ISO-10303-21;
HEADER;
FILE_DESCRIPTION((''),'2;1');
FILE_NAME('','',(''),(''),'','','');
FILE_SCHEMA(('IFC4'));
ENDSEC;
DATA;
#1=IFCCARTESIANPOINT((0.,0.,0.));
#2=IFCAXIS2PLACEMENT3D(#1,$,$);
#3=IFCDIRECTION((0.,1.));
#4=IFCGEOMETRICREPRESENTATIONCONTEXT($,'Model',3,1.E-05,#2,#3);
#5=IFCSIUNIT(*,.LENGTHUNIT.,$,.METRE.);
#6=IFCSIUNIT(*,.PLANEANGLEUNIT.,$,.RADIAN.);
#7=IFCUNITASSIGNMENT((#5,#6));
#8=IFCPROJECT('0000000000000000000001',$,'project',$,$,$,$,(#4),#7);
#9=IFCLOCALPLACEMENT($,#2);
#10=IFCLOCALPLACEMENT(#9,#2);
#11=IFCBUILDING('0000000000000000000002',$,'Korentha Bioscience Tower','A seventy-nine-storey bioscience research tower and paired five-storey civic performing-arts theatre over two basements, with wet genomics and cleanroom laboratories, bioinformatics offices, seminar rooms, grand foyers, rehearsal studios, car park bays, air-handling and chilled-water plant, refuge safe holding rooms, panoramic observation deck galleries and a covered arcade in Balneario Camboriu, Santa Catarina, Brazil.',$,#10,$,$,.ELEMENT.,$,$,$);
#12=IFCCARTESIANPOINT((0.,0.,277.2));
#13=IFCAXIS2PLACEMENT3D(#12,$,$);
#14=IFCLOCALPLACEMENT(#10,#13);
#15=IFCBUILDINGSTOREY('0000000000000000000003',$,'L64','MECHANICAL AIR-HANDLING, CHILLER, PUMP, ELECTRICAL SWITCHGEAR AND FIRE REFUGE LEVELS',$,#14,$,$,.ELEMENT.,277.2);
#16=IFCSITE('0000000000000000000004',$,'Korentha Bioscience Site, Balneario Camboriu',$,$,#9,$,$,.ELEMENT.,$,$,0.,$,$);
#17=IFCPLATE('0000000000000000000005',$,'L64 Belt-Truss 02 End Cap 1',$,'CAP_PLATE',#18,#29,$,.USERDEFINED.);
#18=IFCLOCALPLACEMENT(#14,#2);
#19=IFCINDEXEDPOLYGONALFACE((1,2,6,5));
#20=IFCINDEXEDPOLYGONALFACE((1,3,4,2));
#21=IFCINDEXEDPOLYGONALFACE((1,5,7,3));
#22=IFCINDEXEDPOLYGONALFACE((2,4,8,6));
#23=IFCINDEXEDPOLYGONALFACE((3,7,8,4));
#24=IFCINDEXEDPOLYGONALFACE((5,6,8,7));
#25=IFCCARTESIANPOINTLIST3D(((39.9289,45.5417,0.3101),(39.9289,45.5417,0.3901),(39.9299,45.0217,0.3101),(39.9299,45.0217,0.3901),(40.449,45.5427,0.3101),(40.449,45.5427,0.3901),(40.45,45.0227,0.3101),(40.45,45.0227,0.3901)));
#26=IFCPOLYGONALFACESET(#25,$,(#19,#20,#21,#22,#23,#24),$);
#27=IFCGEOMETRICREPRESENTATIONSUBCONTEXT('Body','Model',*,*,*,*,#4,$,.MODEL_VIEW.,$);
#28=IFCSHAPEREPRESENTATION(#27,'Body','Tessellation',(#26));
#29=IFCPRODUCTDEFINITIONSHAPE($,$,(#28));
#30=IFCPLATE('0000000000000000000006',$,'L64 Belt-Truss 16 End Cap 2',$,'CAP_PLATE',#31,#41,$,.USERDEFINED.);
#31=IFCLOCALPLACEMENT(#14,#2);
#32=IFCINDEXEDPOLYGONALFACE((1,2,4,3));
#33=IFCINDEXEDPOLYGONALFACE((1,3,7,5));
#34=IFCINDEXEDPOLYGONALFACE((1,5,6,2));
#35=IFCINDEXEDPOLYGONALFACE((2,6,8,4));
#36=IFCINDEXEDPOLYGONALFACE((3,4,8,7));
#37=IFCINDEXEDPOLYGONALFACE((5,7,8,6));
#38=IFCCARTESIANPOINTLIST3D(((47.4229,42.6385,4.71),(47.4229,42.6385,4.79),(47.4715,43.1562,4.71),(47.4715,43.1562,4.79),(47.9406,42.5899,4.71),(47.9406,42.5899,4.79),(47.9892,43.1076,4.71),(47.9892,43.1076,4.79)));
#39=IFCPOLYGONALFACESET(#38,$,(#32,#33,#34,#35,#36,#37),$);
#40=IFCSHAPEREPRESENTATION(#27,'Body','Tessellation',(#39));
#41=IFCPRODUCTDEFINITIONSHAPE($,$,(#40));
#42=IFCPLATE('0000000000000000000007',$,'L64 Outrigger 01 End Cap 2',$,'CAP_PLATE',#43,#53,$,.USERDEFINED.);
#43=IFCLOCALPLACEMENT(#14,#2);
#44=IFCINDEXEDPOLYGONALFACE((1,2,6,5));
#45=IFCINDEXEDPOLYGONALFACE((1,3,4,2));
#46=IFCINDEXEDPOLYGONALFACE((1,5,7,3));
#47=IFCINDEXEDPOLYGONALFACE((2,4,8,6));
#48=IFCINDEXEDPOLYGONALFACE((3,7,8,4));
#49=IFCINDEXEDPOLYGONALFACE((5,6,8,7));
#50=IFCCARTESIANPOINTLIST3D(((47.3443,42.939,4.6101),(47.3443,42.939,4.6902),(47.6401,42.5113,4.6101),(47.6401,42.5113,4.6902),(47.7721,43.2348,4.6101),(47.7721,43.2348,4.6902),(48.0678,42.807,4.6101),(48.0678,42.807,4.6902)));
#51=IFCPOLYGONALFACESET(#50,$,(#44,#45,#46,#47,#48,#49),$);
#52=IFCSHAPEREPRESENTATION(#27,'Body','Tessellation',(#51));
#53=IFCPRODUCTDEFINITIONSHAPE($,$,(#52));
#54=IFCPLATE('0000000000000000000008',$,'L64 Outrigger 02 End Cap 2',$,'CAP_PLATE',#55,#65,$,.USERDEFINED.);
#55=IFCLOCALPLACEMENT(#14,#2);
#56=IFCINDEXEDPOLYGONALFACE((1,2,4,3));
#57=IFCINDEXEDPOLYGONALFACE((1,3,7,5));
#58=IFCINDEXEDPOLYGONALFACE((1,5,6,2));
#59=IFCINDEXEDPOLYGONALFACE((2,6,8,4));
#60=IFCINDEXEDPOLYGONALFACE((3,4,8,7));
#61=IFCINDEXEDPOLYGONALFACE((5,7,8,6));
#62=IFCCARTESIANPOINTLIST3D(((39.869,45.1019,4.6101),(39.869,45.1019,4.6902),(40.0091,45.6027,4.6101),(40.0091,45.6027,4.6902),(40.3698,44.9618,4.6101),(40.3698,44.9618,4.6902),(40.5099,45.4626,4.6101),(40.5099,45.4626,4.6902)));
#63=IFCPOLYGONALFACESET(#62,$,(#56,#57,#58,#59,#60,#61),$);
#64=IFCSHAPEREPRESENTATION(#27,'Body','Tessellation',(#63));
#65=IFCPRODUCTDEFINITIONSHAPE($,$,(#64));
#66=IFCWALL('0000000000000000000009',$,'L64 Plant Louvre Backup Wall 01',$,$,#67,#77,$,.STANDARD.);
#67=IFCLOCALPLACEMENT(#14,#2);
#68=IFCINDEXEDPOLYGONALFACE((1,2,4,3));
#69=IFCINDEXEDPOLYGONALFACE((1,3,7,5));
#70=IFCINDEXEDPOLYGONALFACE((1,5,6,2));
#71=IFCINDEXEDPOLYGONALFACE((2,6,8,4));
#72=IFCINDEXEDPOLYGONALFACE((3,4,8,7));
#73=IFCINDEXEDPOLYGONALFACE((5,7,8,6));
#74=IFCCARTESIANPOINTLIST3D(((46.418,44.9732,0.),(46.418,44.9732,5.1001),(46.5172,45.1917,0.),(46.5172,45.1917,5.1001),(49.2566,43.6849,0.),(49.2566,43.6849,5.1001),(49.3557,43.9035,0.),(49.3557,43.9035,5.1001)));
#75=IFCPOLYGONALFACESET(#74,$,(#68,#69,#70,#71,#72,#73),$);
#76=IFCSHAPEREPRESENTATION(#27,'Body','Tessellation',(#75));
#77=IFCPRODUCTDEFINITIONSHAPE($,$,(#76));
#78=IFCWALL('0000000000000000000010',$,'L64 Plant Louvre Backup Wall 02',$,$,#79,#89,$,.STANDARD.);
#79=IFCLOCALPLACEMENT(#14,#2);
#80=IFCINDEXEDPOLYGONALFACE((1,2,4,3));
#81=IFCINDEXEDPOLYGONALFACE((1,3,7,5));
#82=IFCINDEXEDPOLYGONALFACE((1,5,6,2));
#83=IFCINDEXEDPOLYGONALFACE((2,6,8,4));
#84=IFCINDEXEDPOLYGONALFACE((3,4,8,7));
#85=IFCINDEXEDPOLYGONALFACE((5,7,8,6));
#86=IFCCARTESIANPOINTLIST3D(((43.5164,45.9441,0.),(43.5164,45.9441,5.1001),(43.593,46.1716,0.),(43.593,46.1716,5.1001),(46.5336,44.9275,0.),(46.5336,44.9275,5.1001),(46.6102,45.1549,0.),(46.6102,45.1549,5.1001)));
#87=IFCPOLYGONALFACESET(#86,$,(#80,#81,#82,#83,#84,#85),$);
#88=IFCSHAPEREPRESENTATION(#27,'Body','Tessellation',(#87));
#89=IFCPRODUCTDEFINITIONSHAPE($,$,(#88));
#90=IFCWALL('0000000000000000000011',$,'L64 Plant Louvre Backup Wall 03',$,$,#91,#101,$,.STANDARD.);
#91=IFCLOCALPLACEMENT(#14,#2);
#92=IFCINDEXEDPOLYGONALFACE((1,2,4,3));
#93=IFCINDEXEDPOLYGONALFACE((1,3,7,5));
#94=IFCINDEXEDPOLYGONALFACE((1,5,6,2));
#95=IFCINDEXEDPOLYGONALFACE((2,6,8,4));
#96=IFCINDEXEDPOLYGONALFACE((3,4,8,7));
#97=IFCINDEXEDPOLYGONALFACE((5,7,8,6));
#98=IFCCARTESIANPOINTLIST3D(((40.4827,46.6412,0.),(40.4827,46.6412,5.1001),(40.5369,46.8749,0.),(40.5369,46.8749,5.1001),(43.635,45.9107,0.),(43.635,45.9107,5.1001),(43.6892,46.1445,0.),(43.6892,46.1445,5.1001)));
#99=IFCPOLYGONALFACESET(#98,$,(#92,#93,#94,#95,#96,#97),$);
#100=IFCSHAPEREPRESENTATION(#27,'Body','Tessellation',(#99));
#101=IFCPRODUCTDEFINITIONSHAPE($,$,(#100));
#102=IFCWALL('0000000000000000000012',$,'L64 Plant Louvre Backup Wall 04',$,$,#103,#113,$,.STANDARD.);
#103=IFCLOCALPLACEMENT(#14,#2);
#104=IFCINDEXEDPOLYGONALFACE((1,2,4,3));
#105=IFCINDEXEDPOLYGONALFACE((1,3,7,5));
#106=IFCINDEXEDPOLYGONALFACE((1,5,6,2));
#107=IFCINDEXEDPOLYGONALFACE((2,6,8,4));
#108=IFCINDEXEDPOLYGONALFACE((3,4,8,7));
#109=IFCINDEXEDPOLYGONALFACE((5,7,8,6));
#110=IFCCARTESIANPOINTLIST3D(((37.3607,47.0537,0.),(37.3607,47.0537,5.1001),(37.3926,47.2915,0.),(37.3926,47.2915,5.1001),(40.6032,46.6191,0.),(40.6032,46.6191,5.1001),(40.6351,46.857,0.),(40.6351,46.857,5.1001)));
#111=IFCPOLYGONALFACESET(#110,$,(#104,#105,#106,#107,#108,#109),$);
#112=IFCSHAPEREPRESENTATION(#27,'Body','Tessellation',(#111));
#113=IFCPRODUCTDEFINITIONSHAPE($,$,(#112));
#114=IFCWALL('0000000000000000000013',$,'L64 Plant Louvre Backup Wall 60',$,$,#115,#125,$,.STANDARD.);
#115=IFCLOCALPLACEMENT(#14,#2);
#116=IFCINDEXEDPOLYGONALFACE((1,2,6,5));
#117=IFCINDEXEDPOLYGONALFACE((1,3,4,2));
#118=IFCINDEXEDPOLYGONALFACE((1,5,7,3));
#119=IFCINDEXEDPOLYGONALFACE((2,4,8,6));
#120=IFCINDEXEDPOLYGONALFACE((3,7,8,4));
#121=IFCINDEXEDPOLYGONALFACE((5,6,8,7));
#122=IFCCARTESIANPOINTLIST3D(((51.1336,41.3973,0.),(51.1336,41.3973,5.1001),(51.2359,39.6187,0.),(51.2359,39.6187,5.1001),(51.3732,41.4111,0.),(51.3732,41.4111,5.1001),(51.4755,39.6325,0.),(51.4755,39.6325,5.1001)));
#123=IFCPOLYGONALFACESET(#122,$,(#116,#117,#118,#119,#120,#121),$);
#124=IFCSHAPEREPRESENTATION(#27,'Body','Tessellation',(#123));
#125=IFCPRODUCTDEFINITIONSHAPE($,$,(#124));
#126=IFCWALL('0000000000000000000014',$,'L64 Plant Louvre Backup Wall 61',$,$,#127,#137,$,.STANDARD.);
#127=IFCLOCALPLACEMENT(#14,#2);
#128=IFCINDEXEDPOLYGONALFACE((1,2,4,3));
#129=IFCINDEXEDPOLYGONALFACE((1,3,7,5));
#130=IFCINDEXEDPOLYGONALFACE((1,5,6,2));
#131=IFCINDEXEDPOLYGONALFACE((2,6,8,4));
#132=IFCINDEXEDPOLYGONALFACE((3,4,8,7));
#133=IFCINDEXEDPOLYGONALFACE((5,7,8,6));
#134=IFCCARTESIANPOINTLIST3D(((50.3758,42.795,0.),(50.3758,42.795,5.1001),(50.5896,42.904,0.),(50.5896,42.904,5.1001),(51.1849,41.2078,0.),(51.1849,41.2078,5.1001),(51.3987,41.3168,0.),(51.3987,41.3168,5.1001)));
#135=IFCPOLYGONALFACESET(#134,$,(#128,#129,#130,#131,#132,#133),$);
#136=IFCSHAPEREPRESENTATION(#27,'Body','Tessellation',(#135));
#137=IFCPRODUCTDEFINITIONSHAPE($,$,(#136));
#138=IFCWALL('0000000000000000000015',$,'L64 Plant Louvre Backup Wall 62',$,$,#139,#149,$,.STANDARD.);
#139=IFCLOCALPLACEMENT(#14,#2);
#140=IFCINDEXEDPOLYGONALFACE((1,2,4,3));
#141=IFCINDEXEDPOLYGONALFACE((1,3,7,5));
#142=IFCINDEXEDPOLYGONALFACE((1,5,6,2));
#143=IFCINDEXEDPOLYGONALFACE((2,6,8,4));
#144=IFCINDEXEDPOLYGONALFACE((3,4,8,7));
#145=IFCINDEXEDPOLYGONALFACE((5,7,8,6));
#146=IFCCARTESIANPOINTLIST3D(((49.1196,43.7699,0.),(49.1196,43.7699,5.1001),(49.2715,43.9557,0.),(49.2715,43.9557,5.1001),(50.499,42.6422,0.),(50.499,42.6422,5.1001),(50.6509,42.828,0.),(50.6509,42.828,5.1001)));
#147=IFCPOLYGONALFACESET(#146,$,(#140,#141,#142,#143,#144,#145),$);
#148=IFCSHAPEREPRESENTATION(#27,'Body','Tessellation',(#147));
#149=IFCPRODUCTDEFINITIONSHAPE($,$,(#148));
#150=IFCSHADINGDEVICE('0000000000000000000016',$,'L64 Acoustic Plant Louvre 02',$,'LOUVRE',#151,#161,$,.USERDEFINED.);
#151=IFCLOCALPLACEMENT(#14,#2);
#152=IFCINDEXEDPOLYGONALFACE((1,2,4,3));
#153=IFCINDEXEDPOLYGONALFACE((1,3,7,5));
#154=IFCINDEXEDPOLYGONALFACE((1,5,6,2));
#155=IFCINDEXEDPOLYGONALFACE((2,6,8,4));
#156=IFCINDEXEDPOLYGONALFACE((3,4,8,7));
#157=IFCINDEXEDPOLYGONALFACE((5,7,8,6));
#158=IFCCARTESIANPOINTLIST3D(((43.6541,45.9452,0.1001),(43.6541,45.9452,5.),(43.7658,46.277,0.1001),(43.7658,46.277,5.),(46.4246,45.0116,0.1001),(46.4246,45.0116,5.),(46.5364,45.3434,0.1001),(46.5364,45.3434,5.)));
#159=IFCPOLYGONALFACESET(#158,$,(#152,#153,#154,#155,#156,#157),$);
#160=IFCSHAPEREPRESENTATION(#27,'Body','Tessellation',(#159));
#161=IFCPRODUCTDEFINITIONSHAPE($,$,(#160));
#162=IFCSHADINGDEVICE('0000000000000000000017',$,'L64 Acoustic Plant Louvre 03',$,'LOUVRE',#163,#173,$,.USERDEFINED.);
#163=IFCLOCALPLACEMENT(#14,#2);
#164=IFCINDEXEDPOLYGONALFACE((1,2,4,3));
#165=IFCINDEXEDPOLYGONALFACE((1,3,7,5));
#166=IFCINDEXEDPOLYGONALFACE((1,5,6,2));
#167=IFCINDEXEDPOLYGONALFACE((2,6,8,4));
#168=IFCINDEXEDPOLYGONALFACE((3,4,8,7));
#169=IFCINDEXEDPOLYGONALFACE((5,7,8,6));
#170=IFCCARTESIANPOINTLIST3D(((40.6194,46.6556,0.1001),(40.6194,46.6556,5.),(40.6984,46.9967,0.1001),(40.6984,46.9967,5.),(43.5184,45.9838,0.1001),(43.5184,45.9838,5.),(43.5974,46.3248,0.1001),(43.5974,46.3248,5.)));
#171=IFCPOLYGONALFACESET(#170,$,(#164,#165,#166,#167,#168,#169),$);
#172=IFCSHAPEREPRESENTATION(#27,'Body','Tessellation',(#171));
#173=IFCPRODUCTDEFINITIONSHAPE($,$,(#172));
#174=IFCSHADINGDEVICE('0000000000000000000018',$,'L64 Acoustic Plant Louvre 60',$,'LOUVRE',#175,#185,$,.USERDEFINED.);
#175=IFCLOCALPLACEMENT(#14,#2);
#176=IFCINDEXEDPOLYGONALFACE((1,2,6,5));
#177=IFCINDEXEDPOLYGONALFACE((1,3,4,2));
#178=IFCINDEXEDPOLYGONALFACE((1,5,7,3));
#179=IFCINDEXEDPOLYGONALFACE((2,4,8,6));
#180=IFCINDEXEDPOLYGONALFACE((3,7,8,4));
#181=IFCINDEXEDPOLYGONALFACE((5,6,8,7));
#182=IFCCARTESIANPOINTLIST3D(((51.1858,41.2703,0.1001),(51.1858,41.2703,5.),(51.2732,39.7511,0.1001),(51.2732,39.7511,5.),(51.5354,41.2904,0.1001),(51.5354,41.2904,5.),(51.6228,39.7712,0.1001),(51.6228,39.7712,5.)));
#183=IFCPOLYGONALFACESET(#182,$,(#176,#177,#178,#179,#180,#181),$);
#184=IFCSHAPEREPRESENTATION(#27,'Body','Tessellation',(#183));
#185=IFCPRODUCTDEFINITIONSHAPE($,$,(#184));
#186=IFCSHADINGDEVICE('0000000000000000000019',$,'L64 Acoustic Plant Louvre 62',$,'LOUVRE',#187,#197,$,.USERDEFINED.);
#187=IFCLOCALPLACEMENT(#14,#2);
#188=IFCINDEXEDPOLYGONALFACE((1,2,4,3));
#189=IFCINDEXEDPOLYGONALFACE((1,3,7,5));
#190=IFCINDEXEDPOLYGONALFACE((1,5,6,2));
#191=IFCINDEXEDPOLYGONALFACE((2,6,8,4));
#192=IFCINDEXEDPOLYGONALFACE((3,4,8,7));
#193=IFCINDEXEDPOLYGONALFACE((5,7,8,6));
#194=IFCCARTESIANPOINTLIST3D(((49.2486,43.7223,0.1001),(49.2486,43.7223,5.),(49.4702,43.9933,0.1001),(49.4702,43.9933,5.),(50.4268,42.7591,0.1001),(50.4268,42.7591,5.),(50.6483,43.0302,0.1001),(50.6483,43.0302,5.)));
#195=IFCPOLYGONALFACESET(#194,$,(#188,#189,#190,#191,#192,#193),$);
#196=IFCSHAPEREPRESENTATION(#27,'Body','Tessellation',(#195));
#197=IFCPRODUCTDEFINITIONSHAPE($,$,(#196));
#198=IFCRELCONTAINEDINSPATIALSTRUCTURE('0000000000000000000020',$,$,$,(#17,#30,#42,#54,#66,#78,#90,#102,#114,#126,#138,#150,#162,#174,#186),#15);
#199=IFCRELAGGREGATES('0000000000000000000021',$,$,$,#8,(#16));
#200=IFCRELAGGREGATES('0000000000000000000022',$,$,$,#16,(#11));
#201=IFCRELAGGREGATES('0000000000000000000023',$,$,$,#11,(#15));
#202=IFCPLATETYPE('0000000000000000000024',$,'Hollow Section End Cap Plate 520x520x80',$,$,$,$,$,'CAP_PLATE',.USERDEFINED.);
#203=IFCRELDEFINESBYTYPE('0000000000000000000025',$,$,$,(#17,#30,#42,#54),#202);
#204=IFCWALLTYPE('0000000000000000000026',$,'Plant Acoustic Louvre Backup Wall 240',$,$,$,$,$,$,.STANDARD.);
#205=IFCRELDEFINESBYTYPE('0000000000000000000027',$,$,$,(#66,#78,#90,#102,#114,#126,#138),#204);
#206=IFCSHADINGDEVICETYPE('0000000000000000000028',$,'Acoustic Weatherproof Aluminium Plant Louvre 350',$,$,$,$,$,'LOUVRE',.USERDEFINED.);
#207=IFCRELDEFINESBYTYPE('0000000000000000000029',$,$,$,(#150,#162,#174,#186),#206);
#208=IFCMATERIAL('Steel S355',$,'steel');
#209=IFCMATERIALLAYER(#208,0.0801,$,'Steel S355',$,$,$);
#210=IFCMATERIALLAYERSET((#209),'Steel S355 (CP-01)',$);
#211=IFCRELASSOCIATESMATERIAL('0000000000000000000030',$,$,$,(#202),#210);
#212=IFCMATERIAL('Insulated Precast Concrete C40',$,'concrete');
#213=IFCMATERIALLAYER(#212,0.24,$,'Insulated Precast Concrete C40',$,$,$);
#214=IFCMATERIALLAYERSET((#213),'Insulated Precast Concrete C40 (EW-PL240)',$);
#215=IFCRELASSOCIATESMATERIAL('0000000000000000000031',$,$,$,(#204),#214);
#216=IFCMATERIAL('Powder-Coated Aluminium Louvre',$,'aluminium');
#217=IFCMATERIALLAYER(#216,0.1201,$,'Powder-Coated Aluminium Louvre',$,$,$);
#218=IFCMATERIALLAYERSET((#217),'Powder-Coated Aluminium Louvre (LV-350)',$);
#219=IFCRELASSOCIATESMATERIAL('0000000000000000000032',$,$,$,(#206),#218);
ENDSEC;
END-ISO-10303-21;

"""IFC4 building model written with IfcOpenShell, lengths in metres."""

from ifc_helpers import new_model, si_unit, direction, frame, frame_2d, origin, origin_2d, place, context, subcontext, project, spatial, rectangle, extrude, material, layer, layer_set, type_object, element, save


model = new_model("IFC4")

# Units and contexts
model_context = context("Model", 3, precision=1e-05, world=origin(), true_north=direction((0.0, 1.0)))
body_context = subcontext(model_context, "Body", "Model", "MODEL_VIEW")
ifc_project = project(units=[si_unit("LENGTHUNIT", "METRE"), si_unit("PLANEANGLEUNIT", "RADIAN")], contexts=[model_context])

# Site, building, storey
site_placement = place(None, origin())
site = spatial("IfcSite", under=ifc_project, at=site_placement, Name="Korentha Bioscience Site, Balneario Camboriu", CompositionType="ELEMENT", RefElevation=0.0)
building_placement = place(site_placement, origin())
building = spatial("IfcBuilding", under=site, at=building_placement, Name="Korentha Bioscience Tower", Description="A seventy-nine-storey bioscience research tower and paired five-storey civic performing-arts theatre over two basements, with wet genomics and cleanroom laboratories, bioinformatics offices, seminar rooms, grand foyers, rehearsal studios, car park bays, air-handling and chilled-water plant, refuge safe holding rooms, panoramic observation deck galleries and a covered arcade in Balneario Camboriu, Santa Catarina, Brazil.", CompositionType="ELEMENT")
storey_placement = place(building_placement, frame((0.0, 0.0, 277.2)))
storey = spatial("IfcBuildingStorey", under=building, at=storey_placement, Name="L64", Description="MECHANICAL AIR-HANDLING, CHILLER, PUMP, ELECTRICAL SWITCHGEAR AND FIRE REFUGE LEVELS", CompositionType="ELEMENT", Elevation=277.2)

# Shared definitions
ifc_material_1 = material(Name="Steel S355", Category="steel")

# Plates
ifc_layer_1 = layer(ifc_material_1, 0.0801, Name="Steel S355")
ifc_layer_set_1 = layer_set([ifc_layer_1], Name="Steel S355 (CP-01)")
plate_type_1 = type_object("IfcPlateType", Name="Hollow Section End Cap Plate 520x520x80", ElementType="CAP_PLATE", PredefinedType="USERDEFINED", material=ifc_layer_set_1)
for number, where, z_axis, x_axis, name in (
    (1, (40.1895, 45.2822, 0.3101), (0.0, 0.0, 1.0), (0.999998, 0.00192, 0.0), "L64 Belt-Truss 02 End Cap 1"),
    (2, (47.7061, 42.873, 4.71), (0.0, 0.0, 1.0), (0.093413, 0.995627, 0.0), "L64 Belt-Truss 16 End Cap 2"),
    (3, (47.7061, 42.873, 4.6101), (0.0, 0.0, 1.0), (0.822541, 0.568705, 0.0), "L64 Outrigger 01 End Cap 2"),
    (4, (40.1895, 45.2822, 4.6101), (0.0, 0.0, 1.0), (0.269424, 0.963022, 0.0), "L64 Outrigger 02 End Cap 2"),
):
    element("IfcPlate", number, at=place(storey_placement, frame(where, z_axis=z_axis, x_axis=x_axis)), inside=storey, type_object=plate_type_1, Name=name, ObjectType="CAP_PLATE", PredefinedType="USERDEFINED", context=body_context, shape_type="SweptSolid", body=[
        extrude(rectangle(XDim=0.52, YDim=0.52, at=origin_2d()), origin(), (0.0, 0.0, 1.0), 0.0801),
    ])

# Walls
ifc_material_2 = material(Name="Insulated Precast Concrete C40", Category="concrete")
ifc_layer_2 = layer(ifc_material_2, 0.24, Name="Insulated Precast Concrete C40")
ifc_layer_set_2 = layer_set([ifc_layer_2], Name="Insulated Precast Concrete C40 (EW-PL240)")
wall_type = type_object("IfcWallType", Name="Plant Acoustic Louvre Backup Wall 240", PredefinedType="STANDARD", material=ifc_layer_set_2)
wall_1_placement = place(storey_placement, frame((49.3062, 43.7942, 0.0), z_axis=(0.0, 0.0, 1.0), x_axis=(-0.910602, 0.413284, 0.0)))
element("IfcWall", 5, at=wall_1_placement, inside=storey, type_object=wall_type, Name="L64 Plant Louvre Backup Wall 01", PredefinedType="STANDARD", context=body_context, shape_type="SweptSolid", body=[
    extrude(rectangle(XDim=3.1172, YDim=0.24, at=frame_2d((1.5586, 0.0))), origin(), (0.0, 0.0, 1.0), 5.1001),
])
wall_2_placement = place(storey_placement, frame((46.5718, 45.0413, 0.0), z_axis=(0.0, 0.0, 1.0), x_axis=(-0.947651, 0.319309, 0.0)))
element("IfcWall", 6, at=wall_2_placement, inside=storey, type_object=wall_type, Name="L64 Plant Louvre Backup Wall 02", PredefinedType="STANDARD", context=body_context, shape_type="SweptSolid", body=[
    extrude(rectangle(XDim=3.1838, YDim=0.24, at=frame_2d((1.5918, 0.0))), origin(), (0.0, 0.0, 1.0), 5.1001),
])
wall_3_placement = place(storey_placement, frame((43.6621, 46.0276, 0.0), z_axis=(0.0, 0.0, 1.0), x_axis=(-0.974187, 0.225741, 0.0)))
element("IfcWall", 7, at=wall_3_placement, inside=storey, type_object=wall_type, Name="L64 Plant Louvre Backup Wall 03", PredefinedType="STANDARD", context=body_context, shape_type="SweptSolid", body=[
    extrude(rectangle(XDim=3.2358, YDim=0.24, at=frame_2d((1.6179, 0.0))), origin(), (0.0, 0.0, 1.0), 5.1001),
])
wall_4_placement = place(storey_placement, frame((40.6191, 46.738, 0.0), z_axis=(0.0, 0.0, 1.0), x_axis=(-0.991138, 0.132838, 0.0)))
element("IfcWall", 8, at=wall_4_placement, inside=storey, type_object=wall_type, Name="L64 Plant Louvre Backup Wall 04", PredefinedType="STANDARD", context=body_context, shape_type="SweptSolid", body=[
    extrude(rectangle(XDim=3.2715, YDim=0.24, at=frame_2d((1.6357, 0.0))), origin(), (0.0, 0.0, 1.0), 5.1001),
])
for number, where, z_axis, x_axis, name in (
    (9, (51.3557, 39.6257, 0.0), (0.0, 0.0, 1.0), (-0.057421, 0.99835, 0.0), "L64 Plant Louvre Backup Wall 60"),
    (10, (51.2917, 41.2625, 0.0), (0.0, 0.0, 1.0), (-0.454162, 0.890919, 0.0), "L64 Plant Louvre Backup Wall 61"),
):
    element("IfcWall", number, at=place(storey_placement, frame(where, z_axis=z_axis, x_axis=x_axis)), inside=storey, type_object=wall_type, Name=name, PredefinedType="STANDARD", context=body_context, shape_type="SweptSolid", body=[
        extrude(rectangle(XDim=1.7815, YDim=0.24, at=frame_2d((0.8906, 0.0))), origin(), (0.0, 0.0, 1.0), 5.1001),
    ])
wall_5_placement = place(storey_placement, frame((50.575, 42.7351, 0.0), z_axis=(0.0, 0.0, 1.0), x_axis=(-0.774208, 0.632932, 0.0)))
element("IfcWall", 11, at=wall_5_placement, inside=storey, type_object=wall_type, Name="L64 Plant Louvre Backup Wall 62", PredefinedType="STANDARD", context=body_context, shape_type="SweptSolid", body=[
    extrude(rectangle(XDim=1.7817, YDim=0.24, at=frame_2d((0.8909, 0.0))), origin(), (0.0, 0.0, 1.0), 5.1001),
])

# Shading devices
ifc_material_3 = material(Name="Powder-Coated Aluminium Louvre", Category="aluminium")
ifc_layer_3 = layer(ifc_material_3, 0.1201, Name="Powder-Coated Aluminium Louvre")
ifc_layer_set_3 = layer_set([ifc_layer_3], Name="Powder-Coated Aluminium Louvre (LV-350)")
shading_device_type = type_object("IfcShadingDeviceType", Name="Acoustic Weatherproof Aluminium Plant Louvre 350", ElementType="LOUVRE", PredefinedType="USERDEFINED", material=ifc_layer_set_3)
shading_device_1_placement = place(storey_placement, frame((45.0952, 45.6443, 0.1001), z_axis=(0.0, 0.0, 1.0), x_axis=(-0.947647, 0.31932, 0.0)))
element("IfcShadingDevice", 12, at=shading_device_1_placement, inside=storey, type_object=shading_device_type, Name="L64 Acoustic Plant Louvre 02", ObjectType="LOUVRE", PredefinedType="USERDEFINED", context=body_context, shape_type="SweptSolid", body=[
    extrude(rectangle(XDim=2.9236, YDim=0.3501, at=origin_2d()), origin(), (0.0, 0.0, 1.0), 4.8999),
])
shading_device_2_placement = place(storey_placement, frame((42.1084, 46.4902, 0.1001), z_axis=(0.0, 0.0, 1.0), x_axis=(-0.97418, 0.225775, 0.0)))
element("IfcShadingDevice", 13, at=shading_device_2_placement, inside=storey, type_object=shading_device_type, Name="L64 Acoustic Plant Louvre 03", ObjectType="LOUVRE", PredefinedType="USERDEFINED", context=body_context, shape_type="SweptSolid", body=[
    extrude(rectangle(XDim=2.9758, YDim=0.3501, at=origin_2d()), origin(), (0.0, 0.0, 1.0), 4.8999),
])
for number, where, z_axis, x_axis, name in (
    (14, (51.4043, 40.5208, 0.1001), (0.0, 0.0, 1.0), (-0.057443, 0.998349, 0.0), "L64 Acoustic Plant Louvre 60"),
    (15, (49.9485, 43.3762, 0.1001), (0.0, 0.0, 1.0), (-0.774212, 0.632927, 0.0), "L64 Acoustic Plant Louvre 62"),
):
    element("IfcShadingDevice", number, at=place(storey_placement, frame(where, z_axis=z_axis, x_axis=x_axis)), inside=storey, type_object=shading_device_type, Name=name, ObjectType="LOUVRE", PredefinedType="USERDEFINED", context=body_context, shape_type="SweptSolid", body=[
        extrude(rectangle(XDim=1.5217, YDim=0.3501, at=origin_2d()), origin(), (0.0, 0.0, 1.0), 4.8999),
    ])

save(model, "model.ifc")
